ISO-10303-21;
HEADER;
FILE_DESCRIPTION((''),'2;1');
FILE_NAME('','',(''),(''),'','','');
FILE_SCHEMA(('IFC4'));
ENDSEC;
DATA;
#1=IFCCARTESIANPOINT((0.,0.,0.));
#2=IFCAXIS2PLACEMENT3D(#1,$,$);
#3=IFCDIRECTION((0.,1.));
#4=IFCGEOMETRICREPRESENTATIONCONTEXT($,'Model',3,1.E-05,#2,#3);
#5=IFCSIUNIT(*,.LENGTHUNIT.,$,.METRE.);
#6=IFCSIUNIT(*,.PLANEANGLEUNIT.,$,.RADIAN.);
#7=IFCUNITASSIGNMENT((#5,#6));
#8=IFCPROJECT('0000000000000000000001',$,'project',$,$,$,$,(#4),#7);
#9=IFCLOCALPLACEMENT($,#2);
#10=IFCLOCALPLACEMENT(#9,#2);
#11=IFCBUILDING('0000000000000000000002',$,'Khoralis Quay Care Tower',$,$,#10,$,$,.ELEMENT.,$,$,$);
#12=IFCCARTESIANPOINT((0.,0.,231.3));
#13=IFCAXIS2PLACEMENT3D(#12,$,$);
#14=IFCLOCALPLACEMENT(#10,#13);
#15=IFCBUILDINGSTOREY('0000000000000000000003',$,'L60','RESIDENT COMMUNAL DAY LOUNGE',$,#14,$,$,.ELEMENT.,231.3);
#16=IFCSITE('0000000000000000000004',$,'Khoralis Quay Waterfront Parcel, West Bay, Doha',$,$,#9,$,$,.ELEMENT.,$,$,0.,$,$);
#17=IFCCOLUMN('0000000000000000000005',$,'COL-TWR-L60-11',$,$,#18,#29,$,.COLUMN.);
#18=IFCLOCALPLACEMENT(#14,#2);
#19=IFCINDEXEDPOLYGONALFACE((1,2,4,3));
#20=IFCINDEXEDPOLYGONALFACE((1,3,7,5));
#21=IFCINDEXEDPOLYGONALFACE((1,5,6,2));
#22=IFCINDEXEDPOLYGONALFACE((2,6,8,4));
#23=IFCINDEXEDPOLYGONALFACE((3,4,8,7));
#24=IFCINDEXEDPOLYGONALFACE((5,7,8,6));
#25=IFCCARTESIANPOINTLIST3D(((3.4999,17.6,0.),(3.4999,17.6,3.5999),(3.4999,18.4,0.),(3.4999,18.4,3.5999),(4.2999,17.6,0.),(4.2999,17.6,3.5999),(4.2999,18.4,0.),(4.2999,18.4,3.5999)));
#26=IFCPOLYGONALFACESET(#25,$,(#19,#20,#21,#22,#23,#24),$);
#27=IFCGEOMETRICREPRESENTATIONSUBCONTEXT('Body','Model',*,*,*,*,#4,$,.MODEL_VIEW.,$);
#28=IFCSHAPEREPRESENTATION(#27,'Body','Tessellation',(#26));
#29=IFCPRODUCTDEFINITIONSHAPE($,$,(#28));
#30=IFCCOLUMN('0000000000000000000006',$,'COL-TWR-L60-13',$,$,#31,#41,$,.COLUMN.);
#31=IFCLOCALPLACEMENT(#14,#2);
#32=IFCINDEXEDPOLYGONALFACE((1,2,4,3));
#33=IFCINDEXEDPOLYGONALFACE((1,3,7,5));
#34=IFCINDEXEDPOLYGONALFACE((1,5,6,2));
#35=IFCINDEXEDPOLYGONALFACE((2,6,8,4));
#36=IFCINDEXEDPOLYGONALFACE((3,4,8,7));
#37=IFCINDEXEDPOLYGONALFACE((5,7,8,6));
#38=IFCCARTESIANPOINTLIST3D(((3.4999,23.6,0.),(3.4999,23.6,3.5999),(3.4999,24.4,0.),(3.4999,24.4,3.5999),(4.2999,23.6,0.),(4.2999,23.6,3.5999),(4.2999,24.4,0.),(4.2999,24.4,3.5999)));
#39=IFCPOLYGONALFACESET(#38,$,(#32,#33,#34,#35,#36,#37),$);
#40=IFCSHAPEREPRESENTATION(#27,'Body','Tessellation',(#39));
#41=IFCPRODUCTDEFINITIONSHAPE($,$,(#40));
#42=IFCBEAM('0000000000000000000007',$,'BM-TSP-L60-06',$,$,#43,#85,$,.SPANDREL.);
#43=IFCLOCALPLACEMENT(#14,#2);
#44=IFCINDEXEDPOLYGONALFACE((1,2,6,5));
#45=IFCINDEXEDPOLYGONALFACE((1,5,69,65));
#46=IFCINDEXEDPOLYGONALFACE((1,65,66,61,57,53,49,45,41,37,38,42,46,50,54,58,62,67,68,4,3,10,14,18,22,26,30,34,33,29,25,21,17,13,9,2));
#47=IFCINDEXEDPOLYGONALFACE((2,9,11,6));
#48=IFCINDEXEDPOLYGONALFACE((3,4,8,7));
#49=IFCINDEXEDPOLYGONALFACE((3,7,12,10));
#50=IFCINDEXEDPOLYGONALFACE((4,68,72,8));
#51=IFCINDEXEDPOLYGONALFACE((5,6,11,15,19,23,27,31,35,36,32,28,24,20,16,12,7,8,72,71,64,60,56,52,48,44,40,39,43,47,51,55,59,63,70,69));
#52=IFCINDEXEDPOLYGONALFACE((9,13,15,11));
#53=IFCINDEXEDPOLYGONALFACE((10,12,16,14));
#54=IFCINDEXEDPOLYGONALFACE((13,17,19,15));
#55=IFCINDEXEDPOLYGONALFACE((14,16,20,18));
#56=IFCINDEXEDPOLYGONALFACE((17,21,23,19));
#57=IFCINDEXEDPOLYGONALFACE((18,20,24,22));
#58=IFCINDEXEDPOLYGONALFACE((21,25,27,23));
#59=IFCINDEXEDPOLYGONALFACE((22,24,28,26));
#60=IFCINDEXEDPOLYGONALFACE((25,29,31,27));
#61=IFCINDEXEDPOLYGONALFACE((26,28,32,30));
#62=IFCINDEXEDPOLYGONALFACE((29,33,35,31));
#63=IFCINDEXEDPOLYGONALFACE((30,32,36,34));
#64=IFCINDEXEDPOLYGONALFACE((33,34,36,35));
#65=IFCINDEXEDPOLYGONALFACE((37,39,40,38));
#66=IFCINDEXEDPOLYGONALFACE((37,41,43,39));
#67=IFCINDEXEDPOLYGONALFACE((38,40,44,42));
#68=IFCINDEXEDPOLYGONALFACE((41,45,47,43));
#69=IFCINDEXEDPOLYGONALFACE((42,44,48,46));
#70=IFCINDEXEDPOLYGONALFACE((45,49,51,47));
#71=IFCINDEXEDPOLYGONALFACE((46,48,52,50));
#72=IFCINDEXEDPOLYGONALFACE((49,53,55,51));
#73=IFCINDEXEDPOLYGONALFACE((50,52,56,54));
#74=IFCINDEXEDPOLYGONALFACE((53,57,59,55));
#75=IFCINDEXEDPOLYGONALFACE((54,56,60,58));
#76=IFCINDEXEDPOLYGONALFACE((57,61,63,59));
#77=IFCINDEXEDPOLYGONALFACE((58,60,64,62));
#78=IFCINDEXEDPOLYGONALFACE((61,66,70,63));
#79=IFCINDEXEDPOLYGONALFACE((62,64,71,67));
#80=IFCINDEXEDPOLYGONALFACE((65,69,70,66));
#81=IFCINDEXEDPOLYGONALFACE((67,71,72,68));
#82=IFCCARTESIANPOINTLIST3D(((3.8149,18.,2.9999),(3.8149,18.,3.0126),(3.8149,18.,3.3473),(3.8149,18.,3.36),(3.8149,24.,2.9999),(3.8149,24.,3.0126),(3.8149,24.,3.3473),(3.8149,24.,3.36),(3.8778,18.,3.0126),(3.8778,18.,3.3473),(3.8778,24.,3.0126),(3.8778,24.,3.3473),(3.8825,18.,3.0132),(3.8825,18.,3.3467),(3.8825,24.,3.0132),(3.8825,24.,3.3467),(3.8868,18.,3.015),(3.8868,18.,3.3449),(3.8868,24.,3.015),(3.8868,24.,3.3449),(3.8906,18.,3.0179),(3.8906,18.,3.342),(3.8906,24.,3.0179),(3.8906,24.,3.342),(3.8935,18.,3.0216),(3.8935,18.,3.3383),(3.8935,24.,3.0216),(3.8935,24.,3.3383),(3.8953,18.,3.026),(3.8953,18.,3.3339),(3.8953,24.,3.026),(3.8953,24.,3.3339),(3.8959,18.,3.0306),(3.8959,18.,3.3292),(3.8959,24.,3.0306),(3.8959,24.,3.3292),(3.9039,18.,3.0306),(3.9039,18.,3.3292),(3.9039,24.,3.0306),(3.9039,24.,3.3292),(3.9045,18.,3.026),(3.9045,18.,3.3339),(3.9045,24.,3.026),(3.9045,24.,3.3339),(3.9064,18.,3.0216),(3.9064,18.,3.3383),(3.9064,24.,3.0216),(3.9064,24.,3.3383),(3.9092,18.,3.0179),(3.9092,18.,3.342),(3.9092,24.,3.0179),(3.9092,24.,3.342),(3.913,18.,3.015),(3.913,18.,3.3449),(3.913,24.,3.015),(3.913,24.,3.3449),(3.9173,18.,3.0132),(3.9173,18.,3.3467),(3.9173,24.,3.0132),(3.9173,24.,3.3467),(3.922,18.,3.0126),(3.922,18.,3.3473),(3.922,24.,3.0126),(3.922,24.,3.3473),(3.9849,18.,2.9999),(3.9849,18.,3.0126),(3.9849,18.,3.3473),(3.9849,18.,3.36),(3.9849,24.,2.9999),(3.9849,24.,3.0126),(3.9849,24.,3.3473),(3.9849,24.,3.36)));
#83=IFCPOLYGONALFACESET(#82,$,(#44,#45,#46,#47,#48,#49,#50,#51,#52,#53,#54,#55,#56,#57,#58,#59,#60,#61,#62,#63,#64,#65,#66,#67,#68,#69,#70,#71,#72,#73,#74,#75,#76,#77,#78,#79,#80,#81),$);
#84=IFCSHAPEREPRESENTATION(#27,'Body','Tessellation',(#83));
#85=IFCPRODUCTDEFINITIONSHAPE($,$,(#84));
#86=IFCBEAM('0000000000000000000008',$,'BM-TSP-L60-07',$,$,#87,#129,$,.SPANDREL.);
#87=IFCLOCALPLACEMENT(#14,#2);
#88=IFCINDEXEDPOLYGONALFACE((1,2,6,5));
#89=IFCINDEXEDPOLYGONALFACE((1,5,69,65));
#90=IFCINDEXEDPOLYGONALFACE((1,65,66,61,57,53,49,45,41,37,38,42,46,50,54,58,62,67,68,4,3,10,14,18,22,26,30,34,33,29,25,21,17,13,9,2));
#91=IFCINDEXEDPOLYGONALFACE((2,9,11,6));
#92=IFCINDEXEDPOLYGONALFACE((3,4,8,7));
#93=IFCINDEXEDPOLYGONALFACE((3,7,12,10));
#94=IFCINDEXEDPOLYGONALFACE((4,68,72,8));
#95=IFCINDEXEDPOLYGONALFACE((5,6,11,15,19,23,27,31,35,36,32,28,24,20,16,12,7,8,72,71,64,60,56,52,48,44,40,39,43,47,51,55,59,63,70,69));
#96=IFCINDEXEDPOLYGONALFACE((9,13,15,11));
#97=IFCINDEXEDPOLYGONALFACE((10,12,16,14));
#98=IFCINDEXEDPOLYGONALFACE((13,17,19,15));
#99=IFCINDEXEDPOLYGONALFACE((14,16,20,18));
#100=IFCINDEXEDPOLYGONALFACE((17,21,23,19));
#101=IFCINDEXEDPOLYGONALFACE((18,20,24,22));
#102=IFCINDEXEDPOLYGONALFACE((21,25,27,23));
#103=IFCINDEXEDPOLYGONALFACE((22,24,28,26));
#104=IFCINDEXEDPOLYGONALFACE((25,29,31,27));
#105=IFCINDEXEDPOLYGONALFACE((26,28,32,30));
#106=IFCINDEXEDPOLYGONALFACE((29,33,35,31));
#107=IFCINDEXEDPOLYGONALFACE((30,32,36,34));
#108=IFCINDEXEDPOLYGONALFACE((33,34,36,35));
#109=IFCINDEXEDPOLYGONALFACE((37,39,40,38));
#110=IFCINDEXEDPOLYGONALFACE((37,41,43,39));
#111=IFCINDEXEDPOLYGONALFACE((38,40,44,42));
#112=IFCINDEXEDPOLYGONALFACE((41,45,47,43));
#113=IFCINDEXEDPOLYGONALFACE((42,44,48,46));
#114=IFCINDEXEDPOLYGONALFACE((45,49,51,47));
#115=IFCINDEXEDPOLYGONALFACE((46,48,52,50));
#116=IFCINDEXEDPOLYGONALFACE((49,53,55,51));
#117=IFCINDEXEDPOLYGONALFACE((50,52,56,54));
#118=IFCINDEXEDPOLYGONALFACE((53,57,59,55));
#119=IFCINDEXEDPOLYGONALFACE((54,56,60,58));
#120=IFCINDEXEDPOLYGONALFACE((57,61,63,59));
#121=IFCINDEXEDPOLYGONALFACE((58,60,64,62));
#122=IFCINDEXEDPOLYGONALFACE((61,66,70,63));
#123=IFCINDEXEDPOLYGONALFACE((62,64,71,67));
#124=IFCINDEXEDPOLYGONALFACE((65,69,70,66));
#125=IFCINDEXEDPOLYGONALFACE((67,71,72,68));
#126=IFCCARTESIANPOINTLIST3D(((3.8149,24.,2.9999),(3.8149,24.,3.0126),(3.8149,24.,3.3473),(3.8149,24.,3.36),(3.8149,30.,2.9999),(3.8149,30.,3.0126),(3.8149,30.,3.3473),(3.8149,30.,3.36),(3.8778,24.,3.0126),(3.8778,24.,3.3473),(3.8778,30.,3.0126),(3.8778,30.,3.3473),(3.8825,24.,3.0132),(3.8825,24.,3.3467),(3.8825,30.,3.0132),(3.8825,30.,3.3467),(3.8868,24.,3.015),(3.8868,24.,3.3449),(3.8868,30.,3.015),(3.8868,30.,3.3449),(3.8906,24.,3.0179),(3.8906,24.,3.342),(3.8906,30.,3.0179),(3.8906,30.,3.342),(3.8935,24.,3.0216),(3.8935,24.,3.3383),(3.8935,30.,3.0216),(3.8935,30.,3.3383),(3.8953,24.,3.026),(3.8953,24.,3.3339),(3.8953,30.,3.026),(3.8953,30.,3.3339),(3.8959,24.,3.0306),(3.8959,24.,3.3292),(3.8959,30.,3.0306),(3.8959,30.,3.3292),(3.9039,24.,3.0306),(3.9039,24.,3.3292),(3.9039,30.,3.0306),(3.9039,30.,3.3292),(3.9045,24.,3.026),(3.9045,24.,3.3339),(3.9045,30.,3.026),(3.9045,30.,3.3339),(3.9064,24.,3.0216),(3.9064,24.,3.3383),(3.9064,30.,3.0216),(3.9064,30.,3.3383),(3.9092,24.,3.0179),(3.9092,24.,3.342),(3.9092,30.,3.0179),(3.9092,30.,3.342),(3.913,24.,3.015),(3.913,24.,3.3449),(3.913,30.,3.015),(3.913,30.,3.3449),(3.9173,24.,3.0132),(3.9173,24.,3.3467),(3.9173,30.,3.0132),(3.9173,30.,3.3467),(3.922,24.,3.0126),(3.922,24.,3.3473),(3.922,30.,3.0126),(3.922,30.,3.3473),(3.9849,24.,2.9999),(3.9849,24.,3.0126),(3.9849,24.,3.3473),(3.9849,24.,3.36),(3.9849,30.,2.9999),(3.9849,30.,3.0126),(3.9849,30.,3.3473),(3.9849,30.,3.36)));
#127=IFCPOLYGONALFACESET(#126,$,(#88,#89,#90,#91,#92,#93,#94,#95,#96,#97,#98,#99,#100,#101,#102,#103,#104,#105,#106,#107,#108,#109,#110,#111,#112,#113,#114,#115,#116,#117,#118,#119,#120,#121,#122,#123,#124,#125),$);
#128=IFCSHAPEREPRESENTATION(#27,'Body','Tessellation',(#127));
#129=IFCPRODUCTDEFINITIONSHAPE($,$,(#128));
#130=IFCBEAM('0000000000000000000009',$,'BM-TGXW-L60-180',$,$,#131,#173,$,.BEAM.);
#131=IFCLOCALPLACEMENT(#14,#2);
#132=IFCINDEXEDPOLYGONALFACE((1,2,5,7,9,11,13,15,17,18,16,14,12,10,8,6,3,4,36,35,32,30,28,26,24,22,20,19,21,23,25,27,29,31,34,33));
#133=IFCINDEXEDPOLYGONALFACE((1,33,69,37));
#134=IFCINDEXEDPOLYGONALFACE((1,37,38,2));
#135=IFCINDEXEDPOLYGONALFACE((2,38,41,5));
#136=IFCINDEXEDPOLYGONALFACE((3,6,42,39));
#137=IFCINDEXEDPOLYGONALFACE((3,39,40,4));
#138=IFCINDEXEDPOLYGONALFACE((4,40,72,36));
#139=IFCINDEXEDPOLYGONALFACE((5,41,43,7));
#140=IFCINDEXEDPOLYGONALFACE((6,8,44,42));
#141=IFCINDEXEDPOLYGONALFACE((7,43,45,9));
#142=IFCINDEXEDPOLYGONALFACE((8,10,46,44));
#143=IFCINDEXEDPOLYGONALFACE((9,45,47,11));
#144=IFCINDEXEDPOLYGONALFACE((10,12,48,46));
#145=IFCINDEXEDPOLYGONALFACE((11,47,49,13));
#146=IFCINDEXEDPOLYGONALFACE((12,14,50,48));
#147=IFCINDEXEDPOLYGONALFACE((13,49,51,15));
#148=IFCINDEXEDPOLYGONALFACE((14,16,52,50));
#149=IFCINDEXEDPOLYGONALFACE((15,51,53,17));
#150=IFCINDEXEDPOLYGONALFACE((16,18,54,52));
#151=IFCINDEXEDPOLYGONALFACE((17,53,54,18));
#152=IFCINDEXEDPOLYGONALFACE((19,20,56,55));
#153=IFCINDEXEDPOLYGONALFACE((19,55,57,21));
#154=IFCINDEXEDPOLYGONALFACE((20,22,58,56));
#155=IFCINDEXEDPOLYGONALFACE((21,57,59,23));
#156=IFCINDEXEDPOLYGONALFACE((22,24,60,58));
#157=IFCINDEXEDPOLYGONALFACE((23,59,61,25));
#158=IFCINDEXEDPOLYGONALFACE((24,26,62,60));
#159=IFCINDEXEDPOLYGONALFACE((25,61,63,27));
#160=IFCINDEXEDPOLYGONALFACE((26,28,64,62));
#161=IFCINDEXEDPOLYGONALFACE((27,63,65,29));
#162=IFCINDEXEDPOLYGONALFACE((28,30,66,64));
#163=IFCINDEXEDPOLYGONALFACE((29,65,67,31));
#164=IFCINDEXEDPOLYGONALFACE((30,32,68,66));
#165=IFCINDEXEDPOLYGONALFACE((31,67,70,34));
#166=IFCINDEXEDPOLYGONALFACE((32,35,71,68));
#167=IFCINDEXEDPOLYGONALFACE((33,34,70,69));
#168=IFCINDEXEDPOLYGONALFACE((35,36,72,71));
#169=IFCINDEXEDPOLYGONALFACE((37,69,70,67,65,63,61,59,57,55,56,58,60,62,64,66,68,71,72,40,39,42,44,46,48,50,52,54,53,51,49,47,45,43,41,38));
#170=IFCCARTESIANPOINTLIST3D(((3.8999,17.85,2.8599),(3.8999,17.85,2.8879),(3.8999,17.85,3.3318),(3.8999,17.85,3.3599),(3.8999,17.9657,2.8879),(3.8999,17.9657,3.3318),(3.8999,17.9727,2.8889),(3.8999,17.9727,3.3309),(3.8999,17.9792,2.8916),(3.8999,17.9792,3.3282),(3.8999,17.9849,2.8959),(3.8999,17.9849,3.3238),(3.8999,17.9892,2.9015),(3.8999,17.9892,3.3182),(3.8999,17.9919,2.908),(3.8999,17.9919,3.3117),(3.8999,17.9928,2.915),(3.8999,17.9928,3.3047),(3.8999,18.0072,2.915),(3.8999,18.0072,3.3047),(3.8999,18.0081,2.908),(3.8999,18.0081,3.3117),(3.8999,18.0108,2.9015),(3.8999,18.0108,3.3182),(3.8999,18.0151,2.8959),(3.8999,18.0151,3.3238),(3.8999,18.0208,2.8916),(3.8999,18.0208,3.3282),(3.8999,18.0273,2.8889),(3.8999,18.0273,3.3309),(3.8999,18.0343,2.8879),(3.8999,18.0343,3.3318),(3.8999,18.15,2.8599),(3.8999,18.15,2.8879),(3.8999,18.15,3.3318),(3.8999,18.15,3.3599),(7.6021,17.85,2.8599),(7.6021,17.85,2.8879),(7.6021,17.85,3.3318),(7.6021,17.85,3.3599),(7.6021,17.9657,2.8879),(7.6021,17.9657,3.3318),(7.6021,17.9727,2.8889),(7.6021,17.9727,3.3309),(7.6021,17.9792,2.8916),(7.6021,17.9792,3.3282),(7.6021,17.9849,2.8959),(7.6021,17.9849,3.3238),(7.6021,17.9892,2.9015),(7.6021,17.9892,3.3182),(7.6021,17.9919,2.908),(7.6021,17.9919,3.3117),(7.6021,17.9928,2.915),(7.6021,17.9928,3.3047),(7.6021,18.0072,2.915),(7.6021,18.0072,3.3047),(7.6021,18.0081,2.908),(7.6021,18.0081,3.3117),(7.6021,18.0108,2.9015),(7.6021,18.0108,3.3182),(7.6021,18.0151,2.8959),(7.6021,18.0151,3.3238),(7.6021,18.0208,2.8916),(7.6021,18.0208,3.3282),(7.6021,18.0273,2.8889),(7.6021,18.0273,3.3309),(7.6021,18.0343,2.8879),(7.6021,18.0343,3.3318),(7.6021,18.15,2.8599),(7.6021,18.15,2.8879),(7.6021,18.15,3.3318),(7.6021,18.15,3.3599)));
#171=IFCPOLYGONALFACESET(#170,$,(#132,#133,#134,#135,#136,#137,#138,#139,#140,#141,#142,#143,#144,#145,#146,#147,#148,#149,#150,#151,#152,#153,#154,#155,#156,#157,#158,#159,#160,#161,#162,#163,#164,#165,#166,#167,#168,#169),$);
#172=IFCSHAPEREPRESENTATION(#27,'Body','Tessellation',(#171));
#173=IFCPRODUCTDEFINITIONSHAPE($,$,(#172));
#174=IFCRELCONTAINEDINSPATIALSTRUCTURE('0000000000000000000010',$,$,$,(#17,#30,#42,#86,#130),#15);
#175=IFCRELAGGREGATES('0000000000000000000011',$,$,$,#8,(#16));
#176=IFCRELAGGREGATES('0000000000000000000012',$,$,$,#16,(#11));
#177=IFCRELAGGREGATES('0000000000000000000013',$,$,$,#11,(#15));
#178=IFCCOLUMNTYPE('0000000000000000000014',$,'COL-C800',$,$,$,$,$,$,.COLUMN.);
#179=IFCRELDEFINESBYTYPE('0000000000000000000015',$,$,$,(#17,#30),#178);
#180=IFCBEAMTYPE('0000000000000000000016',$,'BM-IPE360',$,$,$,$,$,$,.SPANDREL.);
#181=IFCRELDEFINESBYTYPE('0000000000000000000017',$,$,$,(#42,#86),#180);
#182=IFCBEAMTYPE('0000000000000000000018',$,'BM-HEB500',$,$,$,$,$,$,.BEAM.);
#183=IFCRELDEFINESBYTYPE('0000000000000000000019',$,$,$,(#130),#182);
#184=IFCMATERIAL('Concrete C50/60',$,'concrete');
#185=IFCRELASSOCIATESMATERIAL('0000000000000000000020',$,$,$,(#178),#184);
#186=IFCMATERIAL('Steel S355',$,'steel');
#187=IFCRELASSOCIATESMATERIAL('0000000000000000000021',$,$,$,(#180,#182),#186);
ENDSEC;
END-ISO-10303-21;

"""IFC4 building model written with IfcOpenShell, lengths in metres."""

from ifc_helpers import new_model, si_unit, direction, frame, origin, origin_2d, place, context, subcontext, project, spatial, rectangle, i_section, extrude, source, transform, mapped, material, material_profile, profile_set, type_object, element, save


model = new_model("IFC4")

# Units and contexts
model_context = context("Model", 3, precision=1e-05, world=origin(), true_north=direction((0.0, 1.0)))
body_context = subcontext(model_context, "Body", "Model", "MODEL_VIEW")
ifc_project = project(units=[si_unit("LENGTHUNIT", "METRE"), si_unit("PLANEANGLEUNIT", "RADIAN")], contexts=[model_context])

# Site, building, storey
site_placement = place(None, origin())
site = spatial("IfcSite", under=ifc_project, at=site_placement, Name="Khoralis Quay Waterfront Parcel, West Bay, Doha", CompositionType="ELEMENT", RefElevation=0.0)
building_placement = place(site_placement, origin())
building = spatial("IfcBuilding", under=site, at=building_placement, Name="Khoralis Quay Care Tower", CompositionType="ELEMENT")
storey_placement = place(building_placement, frame((0.0, 0.0, 231.3)))
storey = spatial("IfcBuildingStorey", under=building, at=storey_placement, Name="L60", Description="RESIDENT COMMUNAL DAY LOUNGE", CompositionType="ELEMENT", Elevation=231.3)

# Columns
ifc_material_1 = material(Name="Concrete C50/60", Category="concrete")
ifc_material_profile_1 = material_profile(ifc_material_1, rectangle(XDim=0.8, YDim=0.8, at=origin_2d()), Name="Concrete C50/60")
ifc_profile_set_1 = profile_set([ifc_material_profile_1], Name="Concrete C50/60")
column_type = type_object("IfcColumnType", Name="COL-C800", PredefinedType="COLUMN", material=ifc_profile_set_1)
shared_shape_1 = source(origin(), body_context, "Body", "SweptSolid", [
    extrude(rectangle(XDim=0.8, YDim=0.8, at=origin_2d()), origin(), (0.0, 0.0, 1.0), 3.5999),
])
for number, where, z_axis, x_axis, name in (
    (1, (3.8999, 18.0, 0.0), (0.0, 0.0, 1.0), (1.0, 0.0, 0.0), "COL-TWR-L60-11"),
    (2, (3.8999, 24.0, 0.0), (0.0, 0.0, 1.0), (1.0, 0.0, 0.0), "COL-TWR-L60-13"),
):
    element("IfcColumn", number, at=place(storey_placement, frame(where, z_axis=z_axis, x_axis=x_axis)), inside=storey, type_object=column_type, Name=name, PredefinedType="COLUMN", context=body_context, shape_type="MappedRepresentation", body=[
        mapped(shared_shape_1, transform((0.0, 0.0, 0.0), scale=1.0)),
    ])

# Beams
ifc_material_2 = material(Name="Steel S355", Category="steel")
ifc_material_profile_2 = material_profile(ifc_material_2, i_section(OverallWidth=0.1699, OverallDepth=0.3601, WebThickness=0.0081, FlangeThickness=0.0127, FilletRadius=0.0181, at=origin_2d()), Name="Steel S355")
ifc_profile_set_2 = profile_set([ifc_material_profile_2], Name="Steel S355")
beam_type_1 = type_object("IfcBeamType", Name="BM-IPE360", PredefinedType="SPANDREL", material=ifc_profile_set_2)
shared_shape_2 = source(origin(), body_context, "Body", "SweptSolid", [
    extrude(i_section(OverallWidth=0.1699, OverallDepth=0.3601, WebThickness=0.0081, FlangeThickness=0.0127, FilletRadius=0.0181, at=origin_2d()), origin(), (0.0, 0.0, 1.0), 6.0),
])
for number, where, z_axis, x_axis, name in (
    (3, (3.8999, 18.0, 3.1799), (0.0, 1.0, 0.0), (-1.0, 0.0, 0.0), "BM-TSP-L60-06"),
    (4, (3.8999, 24.0, 3.1799), (0.0, 1.0, 0.0), (-1.0, 0.0, 0.0), "BM-TSP-L60-07"),
):
    element("IfcBeam", number, at=place(storey_placement, frame(where, z_axis=z_axis, x_axis=x_axis)), inside=storey, type_object=beam_type_1, Name=name, PredefinedType="SPANDREL", context=body_context, shape_type="MappedRepresentation", body=[
        mapped(shared_shape_2, transform((0.0, 0.0, 0.0), scale=1.0)),
    ])
ifc_material_profile_3 = material_profile(ifc_material_2, i_section(OverallWidth=0.3, OverallDepth=0.5, WebThickness=0.0144, FlangeThickness=0.0281, FilletRadius=0.0271, at=origin_2d()), Name="Steel S355")
ifc_profile_set_3 = profile_set([ifc_material_profile_3], Name="Steel S355")
beam_type_2 = type_object("IfcBeamType", Name="BM-HEB500", PredefinedType="BEAM", material=ifc_profile_set_3)
shared_shape_3 = source(origin(), body_context, "Body", "SweptSolid", [
    extrude(i_section(OverallWidth=0.3, OverallDepth=0.5, WebThickness=0.0144, FlangeThickness=0.0281, FilletRadius=0.0271, at=origin_2d()), origin(), (0.0, 0.0, 1.0), 3.7021),
])
for number, where, z_axis, x_axis, name in (
    (5, (3.8999, 18.0, 3.1099), (1.0, 0.0, 0.0), (0.0, 1.0, 0.0), "BM-TGXW-L60-180"),
):
    element("IfcBeam", number, at=place(storey_placement, frame(where, z_axis=z_axis, x_axis=x_axis)), inside=storey, type_object=beam_type_2, Name=name, PredefinedType="BEAM", context=body_context, shape_type="MappedRepresentation", body=[
        mapped(shared_shape_3, transform((0.0, 0.0, 0.0), scale=1.0)),
    ])

save(model, "model.ifc")
